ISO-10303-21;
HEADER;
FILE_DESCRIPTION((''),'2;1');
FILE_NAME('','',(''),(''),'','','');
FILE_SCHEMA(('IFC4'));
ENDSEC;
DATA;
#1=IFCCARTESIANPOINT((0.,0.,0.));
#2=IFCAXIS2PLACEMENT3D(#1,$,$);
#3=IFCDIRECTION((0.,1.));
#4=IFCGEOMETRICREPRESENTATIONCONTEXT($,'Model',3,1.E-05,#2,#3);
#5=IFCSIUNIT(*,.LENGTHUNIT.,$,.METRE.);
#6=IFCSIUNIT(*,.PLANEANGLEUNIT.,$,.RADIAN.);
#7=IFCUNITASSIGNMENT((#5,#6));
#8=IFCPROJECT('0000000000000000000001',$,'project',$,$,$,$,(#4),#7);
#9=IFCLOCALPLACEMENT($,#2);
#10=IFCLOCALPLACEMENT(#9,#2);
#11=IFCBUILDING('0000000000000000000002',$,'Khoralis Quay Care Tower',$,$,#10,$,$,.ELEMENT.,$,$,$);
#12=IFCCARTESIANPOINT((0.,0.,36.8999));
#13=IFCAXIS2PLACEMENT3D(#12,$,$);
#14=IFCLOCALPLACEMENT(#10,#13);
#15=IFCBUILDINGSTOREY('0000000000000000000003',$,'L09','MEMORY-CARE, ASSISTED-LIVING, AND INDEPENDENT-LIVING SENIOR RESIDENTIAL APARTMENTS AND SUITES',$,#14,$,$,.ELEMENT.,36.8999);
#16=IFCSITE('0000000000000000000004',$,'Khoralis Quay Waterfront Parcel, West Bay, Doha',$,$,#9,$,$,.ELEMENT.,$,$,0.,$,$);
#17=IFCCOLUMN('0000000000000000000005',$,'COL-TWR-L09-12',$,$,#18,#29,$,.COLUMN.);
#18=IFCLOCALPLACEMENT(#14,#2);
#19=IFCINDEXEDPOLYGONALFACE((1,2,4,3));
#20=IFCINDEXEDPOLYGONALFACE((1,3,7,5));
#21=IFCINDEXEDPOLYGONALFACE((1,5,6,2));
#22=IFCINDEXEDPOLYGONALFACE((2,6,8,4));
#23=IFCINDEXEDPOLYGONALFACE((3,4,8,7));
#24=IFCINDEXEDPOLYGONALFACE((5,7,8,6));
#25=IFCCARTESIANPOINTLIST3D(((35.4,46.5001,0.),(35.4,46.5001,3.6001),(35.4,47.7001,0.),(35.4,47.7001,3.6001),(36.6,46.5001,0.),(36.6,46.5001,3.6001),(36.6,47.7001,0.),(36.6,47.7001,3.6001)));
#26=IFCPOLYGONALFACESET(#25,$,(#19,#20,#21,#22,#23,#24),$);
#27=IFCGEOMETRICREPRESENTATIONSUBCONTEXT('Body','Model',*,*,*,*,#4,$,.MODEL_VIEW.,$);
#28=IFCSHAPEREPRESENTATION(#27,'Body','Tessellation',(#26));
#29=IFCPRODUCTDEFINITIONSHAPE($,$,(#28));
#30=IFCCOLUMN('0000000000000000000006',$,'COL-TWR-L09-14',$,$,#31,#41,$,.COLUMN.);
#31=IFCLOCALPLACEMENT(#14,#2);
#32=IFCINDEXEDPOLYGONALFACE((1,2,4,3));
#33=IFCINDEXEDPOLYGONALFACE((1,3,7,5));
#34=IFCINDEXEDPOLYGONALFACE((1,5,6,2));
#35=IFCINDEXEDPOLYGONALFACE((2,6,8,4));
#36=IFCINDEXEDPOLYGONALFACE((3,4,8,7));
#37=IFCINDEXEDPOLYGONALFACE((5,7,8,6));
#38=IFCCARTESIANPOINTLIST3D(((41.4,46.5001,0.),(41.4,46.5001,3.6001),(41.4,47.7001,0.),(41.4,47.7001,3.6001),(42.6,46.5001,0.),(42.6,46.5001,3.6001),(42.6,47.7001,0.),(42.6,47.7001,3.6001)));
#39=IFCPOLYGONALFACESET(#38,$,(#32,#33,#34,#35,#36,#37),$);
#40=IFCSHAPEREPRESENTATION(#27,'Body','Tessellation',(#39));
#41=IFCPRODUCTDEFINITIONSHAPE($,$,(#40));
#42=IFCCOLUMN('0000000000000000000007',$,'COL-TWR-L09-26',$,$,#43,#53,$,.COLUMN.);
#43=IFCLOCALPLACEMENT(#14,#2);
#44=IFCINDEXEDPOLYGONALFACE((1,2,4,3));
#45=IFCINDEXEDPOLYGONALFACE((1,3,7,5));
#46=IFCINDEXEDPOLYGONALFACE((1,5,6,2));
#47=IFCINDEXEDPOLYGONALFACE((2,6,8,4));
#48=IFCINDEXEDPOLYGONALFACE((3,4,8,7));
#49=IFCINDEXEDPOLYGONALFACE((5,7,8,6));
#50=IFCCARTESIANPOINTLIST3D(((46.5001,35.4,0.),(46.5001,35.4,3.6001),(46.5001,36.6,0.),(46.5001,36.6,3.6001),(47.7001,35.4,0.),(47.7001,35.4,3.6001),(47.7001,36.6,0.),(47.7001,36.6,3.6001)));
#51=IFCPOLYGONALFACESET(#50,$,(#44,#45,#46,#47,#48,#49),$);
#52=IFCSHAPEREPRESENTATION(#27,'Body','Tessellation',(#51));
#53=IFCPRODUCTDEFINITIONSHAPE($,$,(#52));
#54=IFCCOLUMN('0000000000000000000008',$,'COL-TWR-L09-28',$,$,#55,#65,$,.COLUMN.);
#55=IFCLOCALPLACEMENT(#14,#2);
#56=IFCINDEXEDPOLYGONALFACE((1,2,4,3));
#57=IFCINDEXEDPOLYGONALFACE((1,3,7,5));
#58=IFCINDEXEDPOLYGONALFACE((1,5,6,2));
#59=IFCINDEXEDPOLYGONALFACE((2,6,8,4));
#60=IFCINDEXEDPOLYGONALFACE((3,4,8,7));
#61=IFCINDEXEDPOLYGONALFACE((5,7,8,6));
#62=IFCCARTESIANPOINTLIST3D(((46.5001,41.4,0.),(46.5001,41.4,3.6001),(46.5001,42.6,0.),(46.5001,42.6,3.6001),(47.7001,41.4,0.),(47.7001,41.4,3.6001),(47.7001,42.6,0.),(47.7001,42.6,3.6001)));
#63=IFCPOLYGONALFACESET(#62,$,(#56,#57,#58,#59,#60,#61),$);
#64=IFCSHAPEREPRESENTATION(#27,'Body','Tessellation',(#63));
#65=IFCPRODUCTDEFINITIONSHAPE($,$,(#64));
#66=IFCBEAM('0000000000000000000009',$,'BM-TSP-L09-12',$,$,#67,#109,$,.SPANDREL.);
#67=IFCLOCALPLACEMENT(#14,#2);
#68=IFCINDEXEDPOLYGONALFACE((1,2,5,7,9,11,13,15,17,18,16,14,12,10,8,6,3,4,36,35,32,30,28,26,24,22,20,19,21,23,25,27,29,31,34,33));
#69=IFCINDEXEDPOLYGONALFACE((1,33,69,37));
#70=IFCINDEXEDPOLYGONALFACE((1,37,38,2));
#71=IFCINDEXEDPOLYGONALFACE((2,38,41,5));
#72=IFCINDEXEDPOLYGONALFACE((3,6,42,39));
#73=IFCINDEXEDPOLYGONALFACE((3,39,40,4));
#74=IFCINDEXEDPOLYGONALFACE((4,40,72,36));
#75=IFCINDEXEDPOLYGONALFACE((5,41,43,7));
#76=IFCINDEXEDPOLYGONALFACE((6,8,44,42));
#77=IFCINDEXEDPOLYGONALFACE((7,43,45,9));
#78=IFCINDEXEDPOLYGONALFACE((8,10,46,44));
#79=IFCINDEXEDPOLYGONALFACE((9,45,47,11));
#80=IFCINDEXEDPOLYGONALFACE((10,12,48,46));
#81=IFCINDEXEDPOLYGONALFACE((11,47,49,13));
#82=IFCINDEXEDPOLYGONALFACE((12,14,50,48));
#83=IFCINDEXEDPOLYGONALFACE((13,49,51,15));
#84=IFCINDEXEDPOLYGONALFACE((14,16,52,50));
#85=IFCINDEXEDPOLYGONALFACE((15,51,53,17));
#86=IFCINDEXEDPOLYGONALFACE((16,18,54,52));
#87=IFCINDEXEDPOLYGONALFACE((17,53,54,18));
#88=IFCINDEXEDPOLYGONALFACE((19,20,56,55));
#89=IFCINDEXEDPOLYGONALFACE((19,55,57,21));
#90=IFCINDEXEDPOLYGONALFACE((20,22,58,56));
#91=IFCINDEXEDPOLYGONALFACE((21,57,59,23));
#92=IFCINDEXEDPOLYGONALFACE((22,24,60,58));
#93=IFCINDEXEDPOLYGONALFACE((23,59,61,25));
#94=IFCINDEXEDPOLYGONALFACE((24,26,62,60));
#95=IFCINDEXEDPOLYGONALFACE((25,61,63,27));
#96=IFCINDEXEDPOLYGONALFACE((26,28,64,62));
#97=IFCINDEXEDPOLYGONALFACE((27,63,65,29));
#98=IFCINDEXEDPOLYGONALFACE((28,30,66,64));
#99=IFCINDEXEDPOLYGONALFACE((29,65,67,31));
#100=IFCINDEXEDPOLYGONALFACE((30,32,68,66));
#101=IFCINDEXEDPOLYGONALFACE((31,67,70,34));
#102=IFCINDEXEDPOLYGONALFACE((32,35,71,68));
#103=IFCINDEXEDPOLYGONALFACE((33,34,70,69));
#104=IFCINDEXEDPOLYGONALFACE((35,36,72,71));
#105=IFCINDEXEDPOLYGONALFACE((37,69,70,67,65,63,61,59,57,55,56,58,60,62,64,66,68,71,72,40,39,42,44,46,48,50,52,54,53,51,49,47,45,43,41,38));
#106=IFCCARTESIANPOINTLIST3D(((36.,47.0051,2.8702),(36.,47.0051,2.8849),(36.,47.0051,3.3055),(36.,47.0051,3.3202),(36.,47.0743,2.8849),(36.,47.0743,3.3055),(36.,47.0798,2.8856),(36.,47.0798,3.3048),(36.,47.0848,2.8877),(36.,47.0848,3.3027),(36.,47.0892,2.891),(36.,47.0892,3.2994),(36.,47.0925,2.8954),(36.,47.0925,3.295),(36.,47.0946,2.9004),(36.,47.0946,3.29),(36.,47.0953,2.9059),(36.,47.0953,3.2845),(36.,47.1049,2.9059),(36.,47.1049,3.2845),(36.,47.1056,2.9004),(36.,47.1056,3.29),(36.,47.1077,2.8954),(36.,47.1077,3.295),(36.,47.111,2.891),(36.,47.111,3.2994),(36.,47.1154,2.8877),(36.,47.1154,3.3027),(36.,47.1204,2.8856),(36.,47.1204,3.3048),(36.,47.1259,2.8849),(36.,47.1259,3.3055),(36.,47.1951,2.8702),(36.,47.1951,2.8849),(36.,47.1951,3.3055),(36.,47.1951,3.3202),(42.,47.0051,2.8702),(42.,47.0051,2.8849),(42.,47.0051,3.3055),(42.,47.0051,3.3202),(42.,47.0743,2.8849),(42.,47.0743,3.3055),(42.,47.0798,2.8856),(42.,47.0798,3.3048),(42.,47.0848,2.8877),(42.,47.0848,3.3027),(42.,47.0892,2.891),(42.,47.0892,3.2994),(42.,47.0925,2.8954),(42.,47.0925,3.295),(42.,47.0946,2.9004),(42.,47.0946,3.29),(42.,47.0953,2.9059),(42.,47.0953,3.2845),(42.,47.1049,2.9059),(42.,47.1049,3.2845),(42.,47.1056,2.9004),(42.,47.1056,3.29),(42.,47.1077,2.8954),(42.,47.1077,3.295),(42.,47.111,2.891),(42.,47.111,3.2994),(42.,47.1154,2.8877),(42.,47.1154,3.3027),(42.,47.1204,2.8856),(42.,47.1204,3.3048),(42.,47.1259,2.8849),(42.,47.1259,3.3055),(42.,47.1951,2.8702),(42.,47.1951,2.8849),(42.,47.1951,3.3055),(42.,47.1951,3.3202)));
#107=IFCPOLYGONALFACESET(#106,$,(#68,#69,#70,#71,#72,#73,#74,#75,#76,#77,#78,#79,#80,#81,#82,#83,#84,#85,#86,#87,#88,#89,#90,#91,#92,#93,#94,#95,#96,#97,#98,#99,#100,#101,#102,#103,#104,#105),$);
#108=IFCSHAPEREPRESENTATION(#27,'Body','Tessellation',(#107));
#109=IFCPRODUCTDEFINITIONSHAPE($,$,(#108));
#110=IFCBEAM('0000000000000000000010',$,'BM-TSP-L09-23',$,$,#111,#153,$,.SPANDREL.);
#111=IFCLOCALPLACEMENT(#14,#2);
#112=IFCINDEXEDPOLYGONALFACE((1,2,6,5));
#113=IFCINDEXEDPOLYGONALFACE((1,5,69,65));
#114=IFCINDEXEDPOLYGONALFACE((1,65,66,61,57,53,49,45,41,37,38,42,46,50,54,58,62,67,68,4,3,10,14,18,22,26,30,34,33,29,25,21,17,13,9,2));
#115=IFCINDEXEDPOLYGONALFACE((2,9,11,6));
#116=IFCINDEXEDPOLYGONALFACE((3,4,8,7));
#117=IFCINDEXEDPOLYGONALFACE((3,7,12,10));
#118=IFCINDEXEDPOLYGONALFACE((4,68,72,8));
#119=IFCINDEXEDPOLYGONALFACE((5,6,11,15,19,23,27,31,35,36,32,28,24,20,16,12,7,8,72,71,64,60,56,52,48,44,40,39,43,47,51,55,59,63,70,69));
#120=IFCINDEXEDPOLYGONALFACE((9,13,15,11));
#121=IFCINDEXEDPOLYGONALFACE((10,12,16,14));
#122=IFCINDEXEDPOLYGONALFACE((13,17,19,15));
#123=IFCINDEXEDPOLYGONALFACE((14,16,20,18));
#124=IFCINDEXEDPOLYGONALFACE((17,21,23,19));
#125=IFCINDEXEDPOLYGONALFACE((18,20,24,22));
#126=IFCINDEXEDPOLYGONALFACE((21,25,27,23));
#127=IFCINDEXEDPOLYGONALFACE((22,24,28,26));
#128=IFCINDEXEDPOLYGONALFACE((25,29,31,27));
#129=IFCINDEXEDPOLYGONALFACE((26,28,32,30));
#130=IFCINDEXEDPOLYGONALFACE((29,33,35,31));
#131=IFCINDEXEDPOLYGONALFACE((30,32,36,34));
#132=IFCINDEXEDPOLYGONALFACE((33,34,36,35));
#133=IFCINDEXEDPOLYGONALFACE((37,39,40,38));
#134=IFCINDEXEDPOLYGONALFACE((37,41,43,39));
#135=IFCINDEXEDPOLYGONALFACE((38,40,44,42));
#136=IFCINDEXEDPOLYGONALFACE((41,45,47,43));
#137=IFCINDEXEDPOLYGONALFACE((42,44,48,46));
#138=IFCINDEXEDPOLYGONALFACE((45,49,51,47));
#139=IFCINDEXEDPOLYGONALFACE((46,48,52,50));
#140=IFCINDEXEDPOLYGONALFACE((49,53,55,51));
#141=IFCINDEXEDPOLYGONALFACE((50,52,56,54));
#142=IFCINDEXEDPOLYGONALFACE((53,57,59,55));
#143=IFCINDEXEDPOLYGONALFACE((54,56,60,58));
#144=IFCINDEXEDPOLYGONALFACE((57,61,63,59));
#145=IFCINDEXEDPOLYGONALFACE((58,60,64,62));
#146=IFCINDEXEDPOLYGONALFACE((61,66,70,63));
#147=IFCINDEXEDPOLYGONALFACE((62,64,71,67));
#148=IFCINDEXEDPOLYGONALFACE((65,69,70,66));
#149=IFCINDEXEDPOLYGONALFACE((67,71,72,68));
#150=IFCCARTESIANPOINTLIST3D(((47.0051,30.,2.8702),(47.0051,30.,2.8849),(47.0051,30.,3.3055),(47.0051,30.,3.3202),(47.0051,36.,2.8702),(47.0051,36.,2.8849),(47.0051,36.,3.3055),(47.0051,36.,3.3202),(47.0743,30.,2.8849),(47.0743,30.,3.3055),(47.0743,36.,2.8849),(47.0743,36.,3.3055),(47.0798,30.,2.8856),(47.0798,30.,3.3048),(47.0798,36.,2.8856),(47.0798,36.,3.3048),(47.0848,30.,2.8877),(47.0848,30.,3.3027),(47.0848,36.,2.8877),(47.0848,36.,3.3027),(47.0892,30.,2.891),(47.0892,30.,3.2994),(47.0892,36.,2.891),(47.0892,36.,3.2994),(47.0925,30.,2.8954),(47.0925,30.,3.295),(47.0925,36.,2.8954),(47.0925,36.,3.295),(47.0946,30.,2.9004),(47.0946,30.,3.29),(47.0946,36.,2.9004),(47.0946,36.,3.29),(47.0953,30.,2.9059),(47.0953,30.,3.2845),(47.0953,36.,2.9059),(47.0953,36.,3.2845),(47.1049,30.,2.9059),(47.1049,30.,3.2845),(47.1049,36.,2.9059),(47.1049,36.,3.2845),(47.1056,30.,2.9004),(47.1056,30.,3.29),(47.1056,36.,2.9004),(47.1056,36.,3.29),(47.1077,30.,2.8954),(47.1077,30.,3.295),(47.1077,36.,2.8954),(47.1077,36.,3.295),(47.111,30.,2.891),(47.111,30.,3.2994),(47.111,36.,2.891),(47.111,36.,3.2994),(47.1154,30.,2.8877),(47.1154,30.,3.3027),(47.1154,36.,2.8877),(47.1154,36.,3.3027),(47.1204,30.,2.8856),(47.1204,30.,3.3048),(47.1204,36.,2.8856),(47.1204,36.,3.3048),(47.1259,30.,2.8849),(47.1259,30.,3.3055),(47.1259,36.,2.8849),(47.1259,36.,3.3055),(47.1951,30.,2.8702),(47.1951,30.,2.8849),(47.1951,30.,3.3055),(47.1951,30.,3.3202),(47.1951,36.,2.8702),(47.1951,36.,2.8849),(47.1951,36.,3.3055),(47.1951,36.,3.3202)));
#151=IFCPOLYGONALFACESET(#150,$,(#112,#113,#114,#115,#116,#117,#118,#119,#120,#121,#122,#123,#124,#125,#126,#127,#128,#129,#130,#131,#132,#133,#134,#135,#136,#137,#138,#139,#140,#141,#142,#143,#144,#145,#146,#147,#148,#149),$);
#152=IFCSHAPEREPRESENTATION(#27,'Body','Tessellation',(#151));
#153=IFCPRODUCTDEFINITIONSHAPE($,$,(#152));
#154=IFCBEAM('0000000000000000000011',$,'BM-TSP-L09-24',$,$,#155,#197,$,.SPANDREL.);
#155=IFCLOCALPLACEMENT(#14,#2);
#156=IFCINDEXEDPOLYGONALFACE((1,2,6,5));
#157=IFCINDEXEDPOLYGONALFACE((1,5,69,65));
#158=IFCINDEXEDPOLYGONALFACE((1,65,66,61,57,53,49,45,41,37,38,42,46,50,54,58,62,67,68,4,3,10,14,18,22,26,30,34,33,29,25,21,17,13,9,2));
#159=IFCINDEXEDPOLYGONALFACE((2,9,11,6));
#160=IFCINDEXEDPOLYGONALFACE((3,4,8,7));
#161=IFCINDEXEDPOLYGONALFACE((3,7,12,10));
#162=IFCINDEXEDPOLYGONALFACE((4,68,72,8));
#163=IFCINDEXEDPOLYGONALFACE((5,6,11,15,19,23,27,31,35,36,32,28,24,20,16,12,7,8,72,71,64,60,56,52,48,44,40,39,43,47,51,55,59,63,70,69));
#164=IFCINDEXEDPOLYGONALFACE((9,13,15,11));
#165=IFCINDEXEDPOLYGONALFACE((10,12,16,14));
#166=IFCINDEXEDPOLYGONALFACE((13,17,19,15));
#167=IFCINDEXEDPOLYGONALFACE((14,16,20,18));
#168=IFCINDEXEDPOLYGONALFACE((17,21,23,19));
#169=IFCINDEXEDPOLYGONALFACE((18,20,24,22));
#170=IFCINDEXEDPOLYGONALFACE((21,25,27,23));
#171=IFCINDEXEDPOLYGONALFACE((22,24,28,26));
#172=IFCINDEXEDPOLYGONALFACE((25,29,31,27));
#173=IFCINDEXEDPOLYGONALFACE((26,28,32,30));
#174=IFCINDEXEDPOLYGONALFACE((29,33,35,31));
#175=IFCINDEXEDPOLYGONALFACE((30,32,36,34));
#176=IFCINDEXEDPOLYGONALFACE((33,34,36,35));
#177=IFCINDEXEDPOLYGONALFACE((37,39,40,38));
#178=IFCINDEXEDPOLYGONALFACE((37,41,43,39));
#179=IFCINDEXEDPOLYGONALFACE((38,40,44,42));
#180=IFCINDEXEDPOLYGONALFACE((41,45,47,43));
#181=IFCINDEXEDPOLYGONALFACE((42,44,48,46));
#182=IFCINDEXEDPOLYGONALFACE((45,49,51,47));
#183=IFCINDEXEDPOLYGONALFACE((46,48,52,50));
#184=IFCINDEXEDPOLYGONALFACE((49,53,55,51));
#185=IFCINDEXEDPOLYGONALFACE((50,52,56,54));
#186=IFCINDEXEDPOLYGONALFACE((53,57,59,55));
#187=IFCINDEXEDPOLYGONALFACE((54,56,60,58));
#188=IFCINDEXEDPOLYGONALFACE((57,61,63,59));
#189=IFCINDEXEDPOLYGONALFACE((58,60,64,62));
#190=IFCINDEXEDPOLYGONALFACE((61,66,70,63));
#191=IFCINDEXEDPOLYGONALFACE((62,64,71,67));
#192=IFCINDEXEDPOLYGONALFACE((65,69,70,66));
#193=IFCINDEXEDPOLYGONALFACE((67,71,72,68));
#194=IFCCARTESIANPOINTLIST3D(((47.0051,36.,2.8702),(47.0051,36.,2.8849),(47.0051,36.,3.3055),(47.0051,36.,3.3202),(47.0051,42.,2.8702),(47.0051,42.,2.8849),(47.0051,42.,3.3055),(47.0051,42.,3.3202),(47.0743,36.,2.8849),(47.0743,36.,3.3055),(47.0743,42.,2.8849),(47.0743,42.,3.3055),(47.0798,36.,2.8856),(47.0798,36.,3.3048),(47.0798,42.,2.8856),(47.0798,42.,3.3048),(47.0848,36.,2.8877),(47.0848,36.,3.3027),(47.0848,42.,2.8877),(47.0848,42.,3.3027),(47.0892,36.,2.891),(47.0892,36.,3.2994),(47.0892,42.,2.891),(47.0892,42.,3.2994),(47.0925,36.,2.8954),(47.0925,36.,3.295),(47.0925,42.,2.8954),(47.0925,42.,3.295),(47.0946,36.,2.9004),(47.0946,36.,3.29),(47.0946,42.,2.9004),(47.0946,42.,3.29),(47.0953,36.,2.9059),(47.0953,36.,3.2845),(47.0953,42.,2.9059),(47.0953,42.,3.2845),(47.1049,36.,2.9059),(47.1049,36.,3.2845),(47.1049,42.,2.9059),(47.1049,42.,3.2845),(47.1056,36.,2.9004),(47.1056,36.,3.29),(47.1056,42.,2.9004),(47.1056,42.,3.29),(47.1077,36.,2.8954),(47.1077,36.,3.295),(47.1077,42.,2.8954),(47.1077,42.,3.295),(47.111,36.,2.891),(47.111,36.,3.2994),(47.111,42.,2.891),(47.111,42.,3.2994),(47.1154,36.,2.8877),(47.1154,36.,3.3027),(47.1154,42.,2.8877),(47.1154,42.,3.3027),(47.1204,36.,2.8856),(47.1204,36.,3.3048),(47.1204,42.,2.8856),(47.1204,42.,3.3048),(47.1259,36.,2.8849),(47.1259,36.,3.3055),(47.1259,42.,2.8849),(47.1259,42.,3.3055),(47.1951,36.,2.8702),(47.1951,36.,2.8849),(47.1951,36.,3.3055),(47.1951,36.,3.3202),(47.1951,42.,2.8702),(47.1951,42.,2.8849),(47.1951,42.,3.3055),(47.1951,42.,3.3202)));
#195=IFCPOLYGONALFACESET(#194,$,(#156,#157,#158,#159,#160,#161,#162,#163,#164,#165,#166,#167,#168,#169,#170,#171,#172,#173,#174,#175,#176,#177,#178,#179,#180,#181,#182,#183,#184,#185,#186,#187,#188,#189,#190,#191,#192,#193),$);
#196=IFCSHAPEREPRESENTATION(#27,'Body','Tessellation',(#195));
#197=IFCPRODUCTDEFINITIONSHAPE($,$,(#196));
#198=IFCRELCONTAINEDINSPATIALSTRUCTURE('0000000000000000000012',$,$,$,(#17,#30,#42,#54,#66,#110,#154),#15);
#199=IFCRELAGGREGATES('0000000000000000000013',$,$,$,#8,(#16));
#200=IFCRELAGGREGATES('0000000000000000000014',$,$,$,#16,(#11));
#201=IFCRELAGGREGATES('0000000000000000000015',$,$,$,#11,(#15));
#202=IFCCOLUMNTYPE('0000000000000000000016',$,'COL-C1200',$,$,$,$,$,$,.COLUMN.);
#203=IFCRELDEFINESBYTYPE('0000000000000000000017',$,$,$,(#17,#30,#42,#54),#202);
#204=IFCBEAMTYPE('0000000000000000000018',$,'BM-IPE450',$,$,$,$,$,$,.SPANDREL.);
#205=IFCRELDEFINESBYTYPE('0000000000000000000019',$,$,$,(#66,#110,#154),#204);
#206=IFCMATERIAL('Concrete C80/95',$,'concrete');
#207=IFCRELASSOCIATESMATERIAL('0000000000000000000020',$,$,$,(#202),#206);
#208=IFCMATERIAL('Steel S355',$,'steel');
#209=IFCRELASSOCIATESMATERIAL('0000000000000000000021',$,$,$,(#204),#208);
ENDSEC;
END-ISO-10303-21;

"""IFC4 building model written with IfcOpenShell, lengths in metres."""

from ifc_helpers import new_model, si_unit, direction, frame, origin, origin_2d, place, context, subcontext, project, spatial, rectangle, i_section, extrude, source, transform, mapped, material, material_profile, profile_set, type_object, element, save


model = new_model("IFC4")

# Units and contexts
model_context = context("Model", 3, precision=1e-05, world=origin(), true_north=direction((0.0, 1.0)))
body_context = subcontext(model_context, "Body", "Model", "MODEL_VIEW")
ifc_project = project(units=[si_unit("LENGTHUNIT", "METRE"), si_unit("PLANEANGLEUNIT", "RADIAN")], contexts=[model_context])

# Site, building, storey
site_placement = place(None, origin())
site = spatial("IfcSite", under=ifc_project, at=site_placement, Name="Khoralis Quay Waterfront Parcel, West Bay, Doha", CompositionType="ELEMENT", RefElevation=0.0)
building_placement = place(site_placement, origin())
building = spatial("IfcBuilding", under=site, at=building_placement, Name="Khoralis Quay Care Tower", CompositionType="ELEMENT")
storey_placement = place(building_placement, frame((0.0, 0.0, 36.8999)))
storey = spatial("IfcBuildingStorey", under=building, at=storey_placement, Name="L09", Description="MEMORY-CARE, ASSISTED-LIVING, AND INDEPENDENT-LIVING SENIOR RESIDENTIAL APARTMENTS AND SUITES", CompositionType="ELEMENT", Elevation=36.8999)

# Columns
ifc_material_1 = material(Name="Concrete C80/95", Category="concrete")
ifc_material_profile_1 = material_profile(ifc_material_1, rectangle(XDim=1.2, YDim=1.2, at=origin_2d()), Name="Concrete C80/95")
ifc_profile_set_1 = profile_set([ifc_material_profile_1], Name="Concrete C80/95")
column_type = type_object("IfcColumnType", Name="COL-C1200", PredefinedType="COLUMN", material=ifc_profile_set_1)
shared_shape_1 = source(origin(), body_context, "Body", "SweptSolid", [
    extrude(rectangle(XDim=1.2, YDim=1.2, at=origin_2d()), origin(), (0.0, 0.0, 1.0), 3.6001),
])
for number, where, z_axis, x_axis, name in (
    (1, (36.0, 47.1001, 0.0), (0.0, 0.0, 1.0), (1.0, 0.0, 0.0), "COL-TWR-L09-12"),
    (2, (42.0, 47.1001, 0.0), (0.0, 0.0, 1.0), (1.0, 0.0, 0.0), "COL-TWR-L09-14"),
    (3, (47.1001, 36.0, 0.0), (0.0, 0.0, 1.0), (1.0, 0.0, 0.0), "COL-TWR-L09-26"),
    (4, (47.1001, 42.0, 0.0), (0.0, 0.0, 1.0), (1.0, 0.0, 0.0), "COL-TWR-L09-28"),
):
    element("IfcColumn", number, at=place(storey_placement, frame(where, z_axis=z_axis, x_axis=x_axis)), inside=storey, type_object=column_type, Name=name, PredefinedType="COLUMN", context=body_context, shape_type="MappedRepresentation", body=[
        mapped(shared_shape_1, transform((0.0, 0.0, 0.0), scale=1.0)),
    ])

# Beams
ifc_material_2 = material(Name="Steel S355", Category="steel")
ifc_material_profile_2 = material_profile(ifc_material_2, i_section(OverallWidth=0.1899, OverallDepth=0.45, WebThickness=0.0095, FlangeThickness=0.0146, FilletRadius=0.021, at=origin_2d()), Name="Steel S355")
ifc_profile_set_2 = profile_set([ifc_material_profile_2], Name="Steel S355")
beam_type = type_object("IfcBeamType", Name="BM-IPE450", PredefinedType="SPANDREL", material=ifc_profile_set_2)
shared_shape_2 = source(origin(), body_context, "Body", "SweptSolid", [
    extrude(i_section(OverallWidth=0.1899, OverallDepth=0.45, WebThickness=0.0095, FlangeThickness=0.0146, FilletRadius=0.021, at=origin_2d()), origin(), (0.0, 0.0, 1.0), 6.0),
])
for number, where, z_axis, x_axis, name in (
    (5, (36.0, 47.1001, 3.0952), (1.0, 0.0, 0.0), (0.0, 1.0, 0.0), "BM-TSP-L09-12"),
    (6, (47.1001, 30.0, 3.0952), (0.0, 1.0, 0.0), (-1.0, 0.0, 0.0), "BM-TSP-L09-23"),
    (7, (47.1001, 36.0, 3.0952), (0.0, 1.0, 0.0), (-1.0, 0.0, 0.0), "BM-TSP-L09-24"),
):
    element("IfcBeam", number, at=place(storey_placement, frame(where, z_axis=z_axis, x_axis=x_axis)), inside=storey, type_object=beam_type, Name=name, PredefinedType="SPANDREL", context=body_context, shape_type="MappedRepresentation", body=[
        mapped(shared_shape_2, transform((0.0, 0.0, 0.0), scale=1.0)),
    ])

save(model, "model.ifc")
